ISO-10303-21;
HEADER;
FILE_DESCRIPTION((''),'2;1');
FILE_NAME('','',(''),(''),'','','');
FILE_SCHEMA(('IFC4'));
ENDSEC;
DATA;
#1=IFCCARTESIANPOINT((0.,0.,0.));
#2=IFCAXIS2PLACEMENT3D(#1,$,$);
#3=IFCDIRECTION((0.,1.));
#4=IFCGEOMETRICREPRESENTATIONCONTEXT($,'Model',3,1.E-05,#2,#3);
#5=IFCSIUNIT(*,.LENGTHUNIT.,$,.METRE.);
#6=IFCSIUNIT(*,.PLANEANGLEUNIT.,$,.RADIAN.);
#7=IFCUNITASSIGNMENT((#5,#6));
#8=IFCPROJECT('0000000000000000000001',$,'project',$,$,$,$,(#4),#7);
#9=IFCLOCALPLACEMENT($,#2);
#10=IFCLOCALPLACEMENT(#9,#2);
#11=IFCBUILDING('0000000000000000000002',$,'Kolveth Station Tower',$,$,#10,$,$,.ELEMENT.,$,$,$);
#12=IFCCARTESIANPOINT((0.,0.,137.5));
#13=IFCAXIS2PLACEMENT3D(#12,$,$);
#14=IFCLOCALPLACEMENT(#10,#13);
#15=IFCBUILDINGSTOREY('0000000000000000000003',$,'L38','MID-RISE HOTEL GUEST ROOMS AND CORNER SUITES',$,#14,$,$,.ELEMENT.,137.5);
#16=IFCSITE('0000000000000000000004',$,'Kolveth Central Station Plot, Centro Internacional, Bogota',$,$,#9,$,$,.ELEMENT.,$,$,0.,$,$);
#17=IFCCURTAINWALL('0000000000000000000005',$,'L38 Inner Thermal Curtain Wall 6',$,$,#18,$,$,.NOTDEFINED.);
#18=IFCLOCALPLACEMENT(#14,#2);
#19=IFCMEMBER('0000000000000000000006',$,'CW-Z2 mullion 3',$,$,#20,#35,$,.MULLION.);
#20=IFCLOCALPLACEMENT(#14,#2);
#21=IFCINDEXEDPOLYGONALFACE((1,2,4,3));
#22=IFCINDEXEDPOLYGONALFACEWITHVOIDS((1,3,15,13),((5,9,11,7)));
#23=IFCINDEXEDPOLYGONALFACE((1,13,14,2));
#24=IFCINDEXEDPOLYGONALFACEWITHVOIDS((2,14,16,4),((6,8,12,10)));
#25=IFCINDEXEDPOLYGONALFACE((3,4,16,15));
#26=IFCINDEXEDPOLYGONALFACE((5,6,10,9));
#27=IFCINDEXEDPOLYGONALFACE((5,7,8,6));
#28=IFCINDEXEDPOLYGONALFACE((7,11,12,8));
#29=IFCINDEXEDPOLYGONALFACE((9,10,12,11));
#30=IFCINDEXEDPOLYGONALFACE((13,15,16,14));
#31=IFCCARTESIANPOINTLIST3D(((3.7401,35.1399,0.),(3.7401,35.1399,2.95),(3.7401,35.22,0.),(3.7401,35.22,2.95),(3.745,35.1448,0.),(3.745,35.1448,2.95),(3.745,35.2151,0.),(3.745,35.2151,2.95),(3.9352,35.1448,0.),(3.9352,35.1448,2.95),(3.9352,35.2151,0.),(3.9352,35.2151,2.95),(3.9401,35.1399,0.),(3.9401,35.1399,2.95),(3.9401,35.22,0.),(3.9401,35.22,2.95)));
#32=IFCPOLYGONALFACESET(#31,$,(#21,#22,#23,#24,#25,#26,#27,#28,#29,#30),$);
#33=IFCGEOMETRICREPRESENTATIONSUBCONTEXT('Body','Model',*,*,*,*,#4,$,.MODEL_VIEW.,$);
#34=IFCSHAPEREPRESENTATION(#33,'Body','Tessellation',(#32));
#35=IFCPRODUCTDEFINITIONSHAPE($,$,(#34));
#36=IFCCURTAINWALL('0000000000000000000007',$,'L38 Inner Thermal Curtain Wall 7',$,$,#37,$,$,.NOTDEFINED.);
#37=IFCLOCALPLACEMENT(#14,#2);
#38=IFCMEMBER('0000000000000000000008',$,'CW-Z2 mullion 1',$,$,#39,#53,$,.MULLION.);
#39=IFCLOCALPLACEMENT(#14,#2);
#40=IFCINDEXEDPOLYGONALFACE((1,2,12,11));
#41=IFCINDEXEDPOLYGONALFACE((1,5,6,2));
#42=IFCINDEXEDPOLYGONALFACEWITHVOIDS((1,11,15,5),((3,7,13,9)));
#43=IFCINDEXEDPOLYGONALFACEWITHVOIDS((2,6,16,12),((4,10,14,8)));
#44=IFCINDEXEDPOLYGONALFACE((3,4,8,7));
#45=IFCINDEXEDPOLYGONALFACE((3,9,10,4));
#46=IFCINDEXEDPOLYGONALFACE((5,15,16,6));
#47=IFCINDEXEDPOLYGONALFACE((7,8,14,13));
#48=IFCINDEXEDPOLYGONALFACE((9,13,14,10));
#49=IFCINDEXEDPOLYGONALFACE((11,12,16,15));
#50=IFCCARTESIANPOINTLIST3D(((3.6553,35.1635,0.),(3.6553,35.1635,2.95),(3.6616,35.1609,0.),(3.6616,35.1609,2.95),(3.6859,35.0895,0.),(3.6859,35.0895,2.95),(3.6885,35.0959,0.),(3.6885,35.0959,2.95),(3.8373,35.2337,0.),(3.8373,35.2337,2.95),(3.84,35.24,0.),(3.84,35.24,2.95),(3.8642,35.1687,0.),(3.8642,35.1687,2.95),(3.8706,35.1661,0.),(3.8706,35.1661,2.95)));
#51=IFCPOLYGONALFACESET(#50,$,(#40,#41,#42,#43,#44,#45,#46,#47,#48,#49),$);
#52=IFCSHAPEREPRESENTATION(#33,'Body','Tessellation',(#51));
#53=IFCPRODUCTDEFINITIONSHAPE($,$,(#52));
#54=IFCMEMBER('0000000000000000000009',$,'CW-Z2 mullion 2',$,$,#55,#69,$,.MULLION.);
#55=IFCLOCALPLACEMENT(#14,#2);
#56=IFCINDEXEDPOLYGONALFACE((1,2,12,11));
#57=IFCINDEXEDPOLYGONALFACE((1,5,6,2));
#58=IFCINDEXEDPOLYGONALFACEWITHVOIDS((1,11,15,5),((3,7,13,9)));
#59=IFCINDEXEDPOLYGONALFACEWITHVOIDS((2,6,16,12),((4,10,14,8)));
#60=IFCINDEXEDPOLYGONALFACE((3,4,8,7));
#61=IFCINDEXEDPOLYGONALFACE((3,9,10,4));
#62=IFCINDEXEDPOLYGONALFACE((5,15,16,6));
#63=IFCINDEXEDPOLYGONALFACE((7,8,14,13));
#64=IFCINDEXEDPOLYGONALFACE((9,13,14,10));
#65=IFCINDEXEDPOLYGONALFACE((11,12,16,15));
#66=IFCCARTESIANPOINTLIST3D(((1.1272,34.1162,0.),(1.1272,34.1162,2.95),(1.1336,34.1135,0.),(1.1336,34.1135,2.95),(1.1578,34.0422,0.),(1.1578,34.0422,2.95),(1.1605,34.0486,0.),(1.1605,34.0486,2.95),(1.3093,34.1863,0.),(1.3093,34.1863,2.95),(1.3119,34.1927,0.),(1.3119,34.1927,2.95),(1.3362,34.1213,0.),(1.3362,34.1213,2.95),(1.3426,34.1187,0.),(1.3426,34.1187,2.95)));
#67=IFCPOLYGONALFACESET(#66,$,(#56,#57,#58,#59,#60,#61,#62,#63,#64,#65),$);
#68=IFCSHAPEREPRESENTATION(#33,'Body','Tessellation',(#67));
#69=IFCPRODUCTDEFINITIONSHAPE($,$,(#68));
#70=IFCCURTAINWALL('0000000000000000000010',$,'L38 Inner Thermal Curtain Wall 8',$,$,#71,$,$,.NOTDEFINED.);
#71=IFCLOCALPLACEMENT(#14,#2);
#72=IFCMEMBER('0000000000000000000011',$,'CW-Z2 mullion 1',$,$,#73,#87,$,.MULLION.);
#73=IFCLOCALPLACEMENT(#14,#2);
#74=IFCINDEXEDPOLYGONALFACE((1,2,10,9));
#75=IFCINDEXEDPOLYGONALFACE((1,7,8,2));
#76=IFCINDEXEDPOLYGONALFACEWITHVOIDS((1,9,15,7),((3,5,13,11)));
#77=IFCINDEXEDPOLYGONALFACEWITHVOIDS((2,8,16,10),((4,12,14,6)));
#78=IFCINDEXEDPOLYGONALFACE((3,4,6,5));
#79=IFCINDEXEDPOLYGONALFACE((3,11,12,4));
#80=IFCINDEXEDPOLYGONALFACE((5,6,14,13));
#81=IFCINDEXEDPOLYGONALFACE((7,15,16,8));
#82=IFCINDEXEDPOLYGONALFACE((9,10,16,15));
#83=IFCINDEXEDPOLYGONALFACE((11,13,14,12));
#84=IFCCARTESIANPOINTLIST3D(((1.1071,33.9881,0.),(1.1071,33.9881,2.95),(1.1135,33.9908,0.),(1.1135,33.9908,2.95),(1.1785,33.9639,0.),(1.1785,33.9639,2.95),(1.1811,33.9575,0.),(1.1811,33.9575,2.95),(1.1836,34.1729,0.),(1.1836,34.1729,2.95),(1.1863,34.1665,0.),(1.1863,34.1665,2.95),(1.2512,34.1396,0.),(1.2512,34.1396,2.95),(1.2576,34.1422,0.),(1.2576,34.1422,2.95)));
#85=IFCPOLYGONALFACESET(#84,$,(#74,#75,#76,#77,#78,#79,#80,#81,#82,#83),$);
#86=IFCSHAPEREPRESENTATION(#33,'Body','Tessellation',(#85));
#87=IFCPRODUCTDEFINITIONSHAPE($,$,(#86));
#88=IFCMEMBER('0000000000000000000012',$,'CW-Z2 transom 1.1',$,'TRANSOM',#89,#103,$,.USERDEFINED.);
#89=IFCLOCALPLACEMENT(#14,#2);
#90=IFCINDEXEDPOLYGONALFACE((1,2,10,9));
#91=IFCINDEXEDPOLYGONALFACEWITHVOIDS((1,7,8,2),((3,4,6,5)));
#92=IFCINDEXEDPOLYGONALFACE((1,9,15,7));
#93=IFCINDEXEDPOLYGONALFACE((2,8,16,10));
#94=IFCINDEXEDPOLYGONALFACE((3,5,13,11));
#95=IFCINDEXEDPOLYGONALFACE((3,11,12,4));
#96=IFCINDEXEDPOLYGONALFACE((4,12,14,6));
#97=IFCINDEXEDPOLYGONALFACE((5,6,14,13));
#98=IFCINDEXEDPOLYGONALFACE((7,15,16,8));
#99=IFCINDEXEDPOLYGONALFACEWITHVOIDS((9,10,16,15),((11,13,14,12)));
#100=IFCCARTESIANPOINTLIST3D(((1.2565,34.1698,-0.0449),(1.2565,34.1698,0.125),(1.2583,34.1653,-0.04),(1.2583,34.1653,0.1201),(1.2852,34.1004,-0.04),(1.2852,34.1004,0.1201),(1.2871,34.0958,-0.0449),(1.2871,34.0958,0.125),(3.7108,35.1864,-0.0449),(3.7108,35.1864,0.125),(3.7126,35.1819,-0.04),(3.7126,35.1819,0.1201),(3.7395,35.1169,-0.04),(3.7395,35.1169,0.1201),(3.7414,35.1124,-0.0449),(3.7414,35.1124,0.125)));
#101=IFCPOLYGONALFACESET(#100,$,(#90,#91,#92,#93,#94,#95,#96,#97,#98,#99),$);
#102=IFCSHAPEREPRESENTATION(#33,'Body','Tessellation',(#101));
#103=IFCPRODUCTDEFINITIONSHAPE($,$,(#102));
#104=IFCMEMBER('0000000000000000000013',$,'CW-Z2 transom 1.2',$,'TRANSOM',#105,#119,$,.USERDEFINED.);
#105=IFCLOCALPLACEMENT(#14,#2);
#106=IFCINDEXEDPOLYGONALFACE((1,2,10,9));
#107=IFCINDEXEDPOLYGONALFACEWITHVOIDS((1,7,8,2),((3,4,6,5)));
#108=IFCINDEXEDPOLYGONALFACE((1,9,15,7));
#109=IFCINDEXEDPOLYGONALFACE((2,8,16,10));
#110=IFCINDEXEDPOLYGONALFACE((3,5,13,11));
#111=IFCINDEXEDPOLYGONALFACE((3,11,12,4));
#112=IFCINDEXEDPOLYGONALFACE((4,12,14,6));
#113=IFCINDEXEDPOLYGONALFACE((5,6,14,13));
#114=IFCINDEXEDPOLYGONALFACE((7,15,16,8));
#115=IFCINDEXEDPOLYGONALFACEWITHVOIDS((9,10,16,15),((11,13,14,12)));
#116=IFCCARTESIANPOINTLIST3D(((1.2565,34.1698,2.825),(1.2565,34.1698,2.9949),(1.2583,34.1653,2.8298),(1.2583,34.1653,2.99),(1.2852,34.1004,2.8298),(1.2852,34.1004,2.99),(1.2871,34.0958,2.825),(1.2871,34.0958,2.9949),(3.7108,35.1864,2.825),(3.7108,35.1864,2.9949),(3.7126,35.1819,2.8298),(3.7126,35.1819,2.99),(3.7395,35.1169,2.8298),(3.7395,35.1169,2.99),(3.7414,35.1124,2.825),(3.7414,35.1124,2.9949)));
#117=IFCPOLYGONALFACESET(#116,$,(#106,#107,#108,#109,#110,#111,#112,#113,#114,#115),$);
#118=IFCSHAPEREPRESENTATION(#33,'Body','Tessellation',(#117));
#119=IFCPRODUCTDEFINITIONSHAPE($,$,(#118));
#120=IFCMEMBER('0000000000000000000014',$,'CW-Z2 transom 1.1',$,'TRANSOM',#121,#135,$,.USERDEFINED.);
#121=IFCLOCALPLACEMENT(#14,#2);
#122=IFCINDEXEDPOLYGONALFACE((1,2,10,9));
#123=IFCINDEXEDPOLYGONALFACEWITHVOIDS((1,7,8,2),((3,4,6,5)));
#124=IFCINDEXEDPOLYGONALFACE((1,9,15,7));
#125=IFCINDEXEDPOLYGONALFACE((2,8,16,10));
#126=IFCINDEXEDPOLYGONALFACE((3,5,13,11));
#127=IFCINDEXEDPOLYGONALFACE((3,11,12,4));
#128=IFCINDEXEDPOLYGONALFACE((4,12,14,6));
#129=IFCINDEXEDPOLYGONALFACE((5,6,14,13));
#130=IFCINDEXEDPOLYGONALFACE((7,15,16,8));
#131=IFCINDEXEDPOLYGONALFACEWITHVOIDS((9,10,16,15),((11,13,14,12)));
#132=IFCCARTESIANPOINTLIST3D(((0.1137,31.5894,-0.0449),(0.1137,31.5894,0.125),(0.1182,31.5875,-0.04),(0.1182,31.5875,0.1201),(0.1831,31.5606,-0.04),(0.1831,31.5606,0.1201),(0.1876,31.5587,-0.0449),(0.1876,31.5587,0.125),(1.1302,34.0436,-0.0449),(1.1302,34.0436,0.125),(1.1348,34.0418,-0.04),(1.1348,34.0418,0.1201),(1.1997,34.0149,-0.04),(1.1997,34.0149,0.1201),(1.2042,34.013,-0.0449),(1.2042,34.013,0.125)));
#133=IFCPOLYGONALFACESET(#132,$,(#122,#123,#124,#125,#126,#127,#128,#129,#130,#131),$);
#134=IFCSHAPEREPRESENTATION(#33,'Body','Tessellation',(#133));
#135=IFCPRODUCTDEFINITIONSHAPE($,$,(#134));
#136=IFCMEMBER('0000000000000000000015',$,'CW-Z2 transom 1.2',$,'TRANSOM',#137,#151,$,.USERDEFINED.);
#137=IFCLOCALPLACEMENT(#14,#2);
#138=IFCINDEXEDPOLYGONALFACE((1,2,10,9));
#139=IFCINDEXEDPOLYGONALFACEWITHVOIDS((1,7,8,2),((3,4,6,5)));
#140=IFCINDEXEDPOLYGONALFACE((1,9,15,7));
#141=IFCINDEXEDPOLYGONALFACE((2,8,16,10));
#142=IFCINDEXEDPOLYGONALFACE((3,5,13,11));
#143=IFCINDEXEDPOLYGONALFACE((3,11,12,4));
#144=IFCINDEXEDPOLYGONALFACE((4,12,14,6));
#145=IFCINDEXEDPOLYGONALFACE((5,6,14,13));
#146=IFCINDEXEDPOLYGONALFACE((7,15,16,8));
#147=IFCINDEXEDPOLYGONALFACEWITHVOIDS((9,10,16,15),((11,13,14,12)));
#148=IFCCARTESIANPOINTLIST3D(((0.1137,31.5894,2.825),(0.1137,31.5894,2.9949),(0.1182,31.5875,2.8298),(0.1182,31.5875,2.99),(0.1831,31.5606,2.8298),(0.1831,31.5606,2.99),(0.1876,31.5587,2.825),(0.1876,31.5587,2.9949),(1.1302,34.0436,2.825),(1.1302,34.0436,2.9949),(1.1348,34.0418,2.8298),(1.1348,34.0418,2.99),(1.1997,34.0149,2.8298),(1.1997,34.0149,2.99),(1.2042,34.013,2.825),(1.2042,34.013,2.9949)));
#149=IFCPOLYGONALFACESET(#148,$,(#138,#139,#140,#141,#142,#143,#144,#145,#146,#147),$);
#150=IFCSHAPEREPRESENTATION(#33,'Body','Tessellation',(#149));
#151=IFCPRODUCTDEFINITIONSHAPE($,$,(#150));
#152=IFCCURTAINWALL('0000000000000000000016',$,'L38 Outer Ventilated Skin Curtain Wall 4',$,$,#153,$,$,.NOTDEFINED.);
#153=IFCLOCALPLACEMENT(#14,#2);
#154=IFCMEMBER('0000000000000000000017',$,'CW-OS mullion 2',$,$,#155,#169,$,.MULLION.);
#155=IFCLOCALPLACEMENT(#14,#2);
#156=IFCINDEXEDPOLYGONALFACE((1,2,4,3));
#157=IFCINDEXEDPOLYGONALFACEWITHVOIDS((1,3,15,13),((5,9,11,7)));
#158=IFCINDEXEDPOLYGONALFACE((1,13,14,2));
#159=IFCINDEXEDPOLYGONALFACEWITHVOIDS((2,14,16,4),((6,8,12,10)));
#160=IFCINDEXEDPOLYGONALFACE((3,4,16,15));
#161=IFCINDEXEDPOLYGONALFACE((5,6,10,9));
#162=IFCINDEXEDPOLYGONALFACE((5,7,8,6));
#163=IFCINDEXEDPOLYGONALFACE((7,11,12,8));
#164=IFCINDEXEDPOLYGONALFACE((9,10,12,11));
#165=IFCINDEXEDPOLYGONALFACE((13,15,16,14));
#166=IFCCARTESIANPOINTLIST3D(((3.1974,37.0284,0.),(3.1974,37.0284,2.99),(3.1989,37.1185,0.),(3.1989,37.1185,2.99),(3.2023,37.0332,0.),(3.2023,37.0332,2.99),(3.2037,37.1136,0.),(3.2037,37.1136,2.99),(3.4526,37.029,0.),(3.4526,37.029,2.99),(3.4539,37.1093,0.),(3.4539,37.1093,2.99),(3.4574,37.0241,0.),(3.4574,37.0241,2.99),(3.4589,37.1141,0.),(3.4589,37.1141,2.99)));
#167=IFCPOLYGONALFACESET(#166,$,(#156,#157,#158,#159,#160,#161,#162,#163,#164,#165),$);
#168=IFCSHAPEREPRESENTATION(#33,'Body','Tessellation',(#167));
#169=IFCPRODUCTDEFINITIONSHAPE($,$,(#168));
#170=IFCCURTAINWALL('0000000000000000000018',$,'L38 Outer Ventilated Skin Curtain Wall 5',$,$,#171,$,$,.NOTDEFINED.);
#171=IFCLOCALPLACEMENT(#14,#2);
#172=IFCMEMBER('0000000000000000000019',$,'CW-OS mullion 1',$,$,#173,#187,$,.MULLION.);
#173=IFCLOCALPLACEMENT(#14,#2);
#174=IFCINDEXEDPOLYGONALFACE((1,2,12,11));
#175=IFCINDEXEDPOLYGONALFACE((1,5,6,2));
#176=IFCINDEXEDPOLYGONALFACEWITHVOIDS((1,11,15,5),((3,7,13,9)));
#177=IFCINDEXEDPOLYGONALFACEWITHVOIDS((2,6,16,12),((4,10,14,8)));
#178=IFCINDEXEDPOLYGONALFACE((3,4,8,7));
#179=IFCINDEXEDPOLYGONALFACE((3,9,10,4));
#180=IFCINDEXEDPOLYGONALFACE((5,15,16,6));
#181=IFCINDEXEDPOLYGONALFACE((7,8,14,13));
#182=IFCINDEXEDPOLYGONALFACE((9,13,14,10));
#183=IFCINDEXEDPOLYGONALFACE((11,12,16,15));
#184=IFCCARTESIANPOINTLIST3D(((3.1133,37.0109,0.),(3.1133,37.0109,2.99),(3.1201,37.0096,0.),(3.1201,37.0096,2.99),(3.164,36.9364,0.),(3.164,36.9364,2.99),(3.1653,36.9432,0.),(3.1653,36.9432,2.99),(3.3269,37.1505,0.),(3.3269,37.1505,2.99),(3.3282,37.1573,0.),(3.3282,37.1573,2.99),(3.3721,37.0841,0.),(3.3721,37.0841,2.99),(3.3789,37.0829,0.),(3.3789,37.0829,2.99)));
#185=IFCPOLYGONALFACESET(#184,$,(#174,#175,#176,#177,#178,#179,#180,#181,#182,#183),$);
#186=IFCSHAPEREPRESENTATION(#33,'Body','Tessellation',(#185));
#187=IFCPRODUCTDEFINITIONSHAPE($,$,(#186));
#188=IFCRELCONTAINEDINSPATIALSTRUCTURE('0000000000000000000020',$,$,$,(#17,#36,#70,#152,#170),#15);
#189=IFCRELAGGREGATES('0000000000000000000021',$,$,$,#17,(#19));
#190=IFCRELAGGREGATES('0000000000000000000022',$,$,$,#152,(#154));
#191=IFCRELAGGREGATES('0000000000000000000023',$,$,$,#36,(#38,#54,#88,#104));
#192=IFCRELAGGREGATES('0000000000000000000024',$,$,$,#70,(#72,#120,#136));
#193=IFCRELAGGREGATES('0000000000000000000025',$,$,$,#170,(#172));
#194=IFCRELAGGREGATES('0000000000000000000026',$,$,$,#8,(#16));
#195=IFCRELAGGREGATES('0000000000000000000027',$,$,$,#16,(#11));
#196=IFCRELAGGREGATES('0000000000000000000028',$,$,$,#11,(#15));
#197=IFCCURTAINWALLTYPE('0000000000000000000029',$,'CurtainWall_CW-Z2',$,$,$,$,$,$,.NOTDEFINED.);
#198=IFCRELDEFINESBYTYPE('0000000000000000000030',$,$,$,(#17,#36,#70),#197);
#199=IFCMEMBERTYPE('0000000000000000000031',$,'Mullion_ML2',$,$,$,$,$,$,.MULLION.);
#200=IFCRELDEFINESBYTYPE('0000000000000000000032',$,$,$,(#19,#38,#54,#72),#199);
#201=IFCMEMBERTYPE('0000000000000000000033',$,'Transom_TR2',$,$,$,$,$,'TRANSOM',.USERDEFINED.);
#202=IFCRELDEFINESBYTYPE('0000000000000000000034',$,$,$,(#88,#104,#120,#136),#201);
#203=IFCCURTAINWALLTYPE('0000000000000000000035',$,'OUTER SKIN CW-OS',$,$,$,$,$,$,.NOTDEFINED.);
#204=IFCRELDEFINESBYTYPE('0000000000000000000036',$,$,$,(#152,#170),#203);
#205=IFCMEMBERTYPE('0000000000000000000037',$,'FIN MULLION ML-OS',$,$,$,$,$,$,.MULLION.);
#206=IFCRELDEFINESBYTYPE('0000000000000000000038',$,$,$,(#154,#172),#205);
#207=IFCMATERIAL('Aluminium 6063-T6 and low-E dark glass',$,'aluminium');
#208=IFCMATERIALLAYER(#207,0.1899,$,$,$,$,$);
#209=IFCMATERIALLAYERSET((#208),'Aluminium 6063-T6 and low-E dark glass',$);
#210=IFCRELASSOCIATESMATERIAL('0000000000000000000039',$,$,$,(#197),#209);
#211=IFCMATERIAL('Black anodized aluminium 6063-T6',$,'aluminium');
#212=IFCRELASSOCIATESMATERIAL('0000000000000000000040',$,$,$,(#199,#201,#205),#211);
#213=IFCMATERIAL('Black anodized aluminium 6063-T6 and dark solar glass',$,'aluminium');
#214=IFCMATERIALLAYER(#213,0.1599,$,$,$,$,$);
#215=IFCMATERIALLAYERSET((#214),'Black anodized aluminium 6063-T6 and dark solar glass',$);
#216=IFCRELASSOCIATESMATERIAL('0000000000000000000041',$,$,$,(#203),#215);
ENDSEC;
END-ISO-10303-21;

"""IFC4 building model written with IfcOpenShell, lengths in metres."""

from ifc_helpers import new_model, si_unit, direction, frame, origin, origin_2d, place, context, subcontext, project, spatial, hollow_rectangle, extrude, source, transform, mapped, material, layer, layer_set, material_profile, profile_set, type_object, element, aggregate, save


model = new_model("IFC4")

# Units and contexts
model_context = context("Model", 3, precision=1e-05, world=origin(), true_north=direction((0.0, 1.0)))
body_context = subcontext(model_context, "Body", "Model", "MODEL_VIEW")
ifc_project = project(units=[si_unit("LENGTHUNIT", "METRE"), si_unit("PLANEANGLEUNIT", "RADIAN")], contexts=[model_context])

# Site, building, storey
site_placement = place(None, origin())
site = spatial("IfcSite", under=ifc_project, at=site_placement, Name="Kolveth Central Station Plot, Centro Internacional, Bogota", CompositionType="ELEMENT", RefElevation=0.0)
building_placement = place(site_placement, origin())
building = spatial("IfcBuilding", under=site, at=building_placement, Name="Kolveth Station Tower", CompositionType="ELEMENT")
storey_placement = place(building_placement, frame((0.0, 0.0, 137.5)))
storey = spatial("IfcBuildingStorey", under=building, at=storey_placement, Name="L38", Description="MID-RISE HOTEL GUEST ROOMS AND CORNER SUITES", CompositionType="ELEMENT", Elevation=137.5)

# Curtain wall, member
ifc_material_1 = material(Name="Aluminium 6063-T6 and low-E dark glass", Category="aluminium")
ifc_layer_1 = layer(ifc_material_1, 0.1899)
ifc_layer_set_1 = layer_set([ifc_layer_1], Name="Aluminium 6063-T6 and low-E dark glass")
curtain_wall_type_1 = type_object("IfcCurtainWallType", Name="CurtainWall_CW-Z2", PredefinedType="NOTDEFINED", material=ifc_layer_set_1)
curtain_wall_1_placement = place(storey_placement, origin())
curtain_wall_1 = element("IfcCurtainWall", 1, at=curtain_wall_1_placement, inside=storey, type_object=curtain_wall_type_1, Name="L38 Inner Thermal Curtain Wall 6", PredefinedType="NOTDEFINED")
ifc_material_2 = material(Name="Black anodized aluminium 6063-T6", Category="aluminium")
ifc_material_profile_1 = material_profile(ifc_material_2, hollow_rectangle(XDim=0.0801, YDim=0.2, WallThickness=0.0049, at=origin_2d()), Name="ALU-80x200x5")
ifc_profile_set_1 = profile_set([ifc_material_profile_1], Name="Black anodized aluminium 6063-T6")
member_type_1 = type_object("IfcMemberType", Name="Mullion_ML2", PredefinedType="MULLION", material=ifc_profile_set_1)
shared_shape_1 = source(origin(), body_context, "Body", "SweptSolid", [
    extrude(hollow_rectangle(XDim=0.0801, YDim=0.2, WallThickness=0.0049, at=origin_2d()), origin(), (0.0, 0.0, 1.0), 2.95),
])
member_1_placement = place(storey_placement, frame((3.8401, 35.1799, 0.0), z_axis=(0.0, 0.0, 1.0), x_axis=(0.0, -1.0, 0.0)))
member_1 = element("IfcMember", 2, at=member_1_placement, type_object=member_type_1, Name="CW-Z2 mullion 3", PredefinedType="MULLION", context=body_context, shape_type="MappedRepresentation", body=[
    mapped(shared_shape_1, transform((0.0, 0.0, 0.0), x_axis=(1.0, 0.0, 0.0), y_axis=(0.0, 1.0, 0.0), z_axis=(0.0, 0.0, 1.0), scale=1.0)),
])
aggregate(curtain_wall_1, [member_1])

# Curtain wall, members
curtain_wall_2_placement = place(storey_placement, origin())
curtain_wall_2 = element("IfcCurtainWall", 3, at=curtain_wall_2_placement, inside=storey, type_object=curtain_wall_type_1, Name="L38 Inner Thermal Curtain Wall 7", PredefinedType="NOTDEFINED")
member_2_placement = place(storey_placement, frame((3.7629, 35.1648, 0.0), z_axis=(0.0, 0.0, 1.0), x_axis=(0.382663, -0.923888, 0.0)))
member_2 = element("IfcMember", 4, at=member_2_placement, type_object=member_type_1, Name="CW-Z2 mullion 1", PredefinedType="MULLION", context=body_context, shape_type="MappedRepresentation", body=[
    mapped(shared_shape_1, transform((0.0, 0.0, 0.0), x_axis=(1.0, 0.0, 0.0), y_axis=(0.0, 1.0, 0.0), z_axis=(0.0, 0.0, 1.0), scale=1.0)),
])
member_3_placement = place(storey_placement, frame((1.2349, 34.1174, 0.0), z_axis=(0.0, 0.0, 1.0), x_axis=(0.382663, -0.923888, 0.0)))
member_3 = element("IfcMember", 5, at=member_3_placement, type_object=member_type_1, Name="CW-Z2 mullion 2", PredefinedType="MULLION", context=body_context, shape_type="MappedRepresentation", body=[
    mapped(shared_shape_1, transform((0.0, 0.0, 0.0), x_axis=(1.0, 0.0, 0.0), y_axis=(0.0, 1.0, 0.0), z_axis=(0.0, 0.0, 1.0), scale=1.0)),
])

# Curtain wall, member
curtain_wall_3_placement = place(storey_placement, origin())
curtain_wall_3 = element("IfcCurtainWall", 6, at=curtain_wall_3_placement, inside=storey, type_object=curtain_wall_type_1, Name="L38 Inner Thermal Curtain Wall 8", PredefinedType="NOTDEFINED")
member_4_placement = place(storey_placement, frame((1.1824, 34.0652, 0.0), z_axis=(0.0, 0.0, 1.0), x_axis=(0.923888, -0.382663, 0.0)))
member_4 = element("IfcMember", 7, at=member_4_placement, type_object=member_type_1, Name="CW-Z2 mullion 1", PredefinedType="MULLION", context=body_context, shape_type="MappedRepresentation", body=[
    mapped(shared_shape_1, transform((0.0, 0.0, 0.0), x_axis=(1.0, 0.0, 0.0), y_axis=(0.0, 1.0, 0.0), z_axis=(0.0, 0.0, 1.0), scale=1.0)),
])

# Members
ifc_material_profile_2 = material_profile(ifc_material_2, hollow_rectangle(XDim=0.0801, YDim=0.1699, WallThickness=0.0049, at=origin_2d()), Name="ALU-80x170x5")
ifc_profile_set_2 = profile_set([ifc_material_profile_2], Name="Black anodized aluminium 6063-T6")
member_type_2 = type_object("IfcMemberType", Name="Transom_TR2", ElementType="TRANSOM", PredefinedType="USERDEFINED", material=ifc_profile_set_2)
shared_shape_2 = source(origin(), body_context, "Body", "SweptSolid", [
    extrude(hollow_rectangle(XDim=0.0801, YDim=0.1699, WallThickness=0.0049, at=origin_2d()), origin(), (0.0, 0.0, 1.0), 2.6565),
])
member_5_placement = place(storey_placement, frame((3.7261, 35.1494, 0.04), z_axis=(-0.923882, -0.382676, 0.0), x_axis=(0.382676, -0.923882, 0.0)))
member_5 = element("IfcMember", 8, at=member_5_placement, type_object=member_type_2, Name="CW-Z2 transom 1.1", ObjectType="TRANSOM", PredefinedType="USERDEFINED", context=body_context, shape_type="MappedRepresentation", body=[
    mapped(shared_shape_2, transform((0.0, 0.0, 0.0), x_axis=(1.0, 0.0, 0.0), y_axis=(0.0, 1.0, 0.0), z_axis=(0.0, 0.0, 1.0), scale=1.0)),
])
member_6_placement = place(storey_placement, frame((3.7261, 35.1494, 2.9099), z_axis=(-0.923882, -0.382676, 0.0), x_axis=(0.382676, -0.923882, 0.0)))
member_6 = element("IfcMember", 9, at=member_6_placement, type_object=member_type_2, Name="CW-Z2 transom 1.2", ObjectType="TRANSOM", PredefinedType="USERDEFINED", context=body_context, shape_type="MappedRepresentation", body=[
    mapped(shared_shape_2, transform((0.0, 0.0, 0.0), x_axis=(1.0, 0.0, 0.0), y_axis=(0.0, 1.0, 0.0), z_axis=(0.0, 0.0, 1.0), scale=1.0)),
])
member_7_placement = place(storey_placement, frame((1.1672, 34.0283, 0.04), z_axis=(-0.382676, -0.923882, 0.0), x_axis=(0.923882, -0.382676, 0.0)))
member_7 = element("IfcMember", 10, at=member_7_placement, type_object=member_type_2, Name="CW-Z2 transom 1.1", ObjectType="TRANSOM", PredefinedType="USERDEFINED", context=body_context, shape_type="MappedRepresentation", body=[
    mapped(shared_shape_2, transform((0.0, 0.0, 0.0), x_axis=(1.0, 0.0, 0.0), y_axis=(0.0, 1.0, 0.0), z_axis=(0.0, 0.0, 1.0), scale=1.0)),
])
member_8_placement = place(storey_placement, frame((1.1672, 34.0283, 2.9099), z_axis=(-0.382676, -0.923882, 0.0), x_axis=(0.923882, -0.382676, 0.0)))
member_8 = element("IfcMember", 11, at=member_8_placement, type_object=member_type_2, Name="CW-Z2 transom 1.2", ObjectType="TRANSOM", PredefinedType="USERDEFINED", context=body_context, shape_type="MappedRepresentation", body=[
    mapped(shared_shape_2, transform((0.0, 0.0, 0.0), x_axis=(1.0, 0.0, 0.0), y_axis=(0.0, 1.0, 0.0), z_axis=(0.0, 0.0, 1.0), scale=1.0)),
])

# Curtain wall, member
ifc_material_3 = material(Name="Black anodized aluminium 6063-T6 and dark solar glass", Category="aluminium")
ifc_layer_2 = layer(ifc_material_3, 0.1599)
ifc_layer_set_2 = layer_set([ifc_layer_2], Name="Black anodized aluminium 6063-T6 and dark solar glass")
curtain_wall_type_2 = type_object("IfcCurtainWallType", Name="OUTER SKIN CW-OS", PredefinedType="NOTDEFINED", material=ifc_layer_set_2)
curtain_wall_4_placement = place(storey_placement, origin())
curtain_wall_4 = element("IfcCurtainWall", 12, at=curtain_wall_4_placement, inside=storey, type_object=curtain_wall_type_2, Name="L38 Outer Ventilated Skin Curtain Wall 4", PredefinedType="NOTDEFINED")
ifc_material_profile_3 = material_profile(ifc_material_2, hollow_rectangle(XDim=0.0901, YDim=0.26, WallThickness=0.0049, at=origin_2d()), Name="ALU-90x260x5")
ifc_profile_set_3 = profile_set([ifc_material_profile_3], Name="Black anodized aluminium 6063-T6")
member_type_3 = type_object("IfcMemberType", Name="FIN MULLION ML-OS", PredefinedType="MULLION", material=ifc_profile_set_3)
shared_shape_3 = source(origin(), body_context, "Body", "SweptSolid", [
    extrude(hollow_rectangle(XDim=0.0901, YDim=0.26, WallThickness=0.0049, at=origin_2d()), origin(), (0.0, 0.0, 1.0), 2.99),
])
member_9_placement = place(storey_placement, frame((3.3281, 37.0713, 0.0), z_axis=(0.0, 0.0, 1.0), x_axis=(-0.016837, -0.999858, 0.0)))
member_9 = element("IfcMember", 13, at=member_9_placement, type_object=member_type_3, Name="CW-OS mullion 2", PredefinedType="MULLION", context=body_context, shape_type="MappedRepresentation", body=[
    mapped(shared_shape_3, transform((0.0, 0.0, 0.0), x_axis=(1.0, 0.0, 0.0), y_axis=(0.0, 1.0, 0.0), z_axis=(0.0, 0.0, 1.0), scale=1.0)),
])
aggregate(curtain_wall_4, [member_9])

# Curtain wall, member
curtain_wall_5_placement = place(storey_placement, origin())
curtain_wall_5 = element("IfcCurtainWall", 14, at=curtain_wall_5_placement, inside=storey, type_object=curtain_wall_type_2, Name="L38 Outer Ventilated Skin Curtain Wall 5", PredefinedType="NOTDEFINED")
member_10_placement = place(storey_placement, frame((3.2461, 37.0469, 0.0), z_axis=(0.0, 0.0, 1.0), x_axis=(0.563058, -0.826417, 0.0)))
member_10 = element("IfcMember", 15, at=member_10_placement, type_object=member_type_3, Name="CW-OS mullion 1", PredefinedType="MULLION", context=body_context, shape_type="MappedRepresentation", body=[
    mapped(shared_shape_3, transform((0.0, 0.0, 0.0), x_axis=(1.0, 0.0, 0.0), y_axis=(0.0, 1.0, 0.0), z_axis=(0.0, 0.0, 1.0), scale=1.0)),
])

aggregate(curtain_wall_2, [member_2, member_3, member_5, member_6])
aggregate(curtain_wall_3, [member_4, member_7, member_8])
aggregate(curtain_wall_5, [member_10])

save(model, "model.ifc")
